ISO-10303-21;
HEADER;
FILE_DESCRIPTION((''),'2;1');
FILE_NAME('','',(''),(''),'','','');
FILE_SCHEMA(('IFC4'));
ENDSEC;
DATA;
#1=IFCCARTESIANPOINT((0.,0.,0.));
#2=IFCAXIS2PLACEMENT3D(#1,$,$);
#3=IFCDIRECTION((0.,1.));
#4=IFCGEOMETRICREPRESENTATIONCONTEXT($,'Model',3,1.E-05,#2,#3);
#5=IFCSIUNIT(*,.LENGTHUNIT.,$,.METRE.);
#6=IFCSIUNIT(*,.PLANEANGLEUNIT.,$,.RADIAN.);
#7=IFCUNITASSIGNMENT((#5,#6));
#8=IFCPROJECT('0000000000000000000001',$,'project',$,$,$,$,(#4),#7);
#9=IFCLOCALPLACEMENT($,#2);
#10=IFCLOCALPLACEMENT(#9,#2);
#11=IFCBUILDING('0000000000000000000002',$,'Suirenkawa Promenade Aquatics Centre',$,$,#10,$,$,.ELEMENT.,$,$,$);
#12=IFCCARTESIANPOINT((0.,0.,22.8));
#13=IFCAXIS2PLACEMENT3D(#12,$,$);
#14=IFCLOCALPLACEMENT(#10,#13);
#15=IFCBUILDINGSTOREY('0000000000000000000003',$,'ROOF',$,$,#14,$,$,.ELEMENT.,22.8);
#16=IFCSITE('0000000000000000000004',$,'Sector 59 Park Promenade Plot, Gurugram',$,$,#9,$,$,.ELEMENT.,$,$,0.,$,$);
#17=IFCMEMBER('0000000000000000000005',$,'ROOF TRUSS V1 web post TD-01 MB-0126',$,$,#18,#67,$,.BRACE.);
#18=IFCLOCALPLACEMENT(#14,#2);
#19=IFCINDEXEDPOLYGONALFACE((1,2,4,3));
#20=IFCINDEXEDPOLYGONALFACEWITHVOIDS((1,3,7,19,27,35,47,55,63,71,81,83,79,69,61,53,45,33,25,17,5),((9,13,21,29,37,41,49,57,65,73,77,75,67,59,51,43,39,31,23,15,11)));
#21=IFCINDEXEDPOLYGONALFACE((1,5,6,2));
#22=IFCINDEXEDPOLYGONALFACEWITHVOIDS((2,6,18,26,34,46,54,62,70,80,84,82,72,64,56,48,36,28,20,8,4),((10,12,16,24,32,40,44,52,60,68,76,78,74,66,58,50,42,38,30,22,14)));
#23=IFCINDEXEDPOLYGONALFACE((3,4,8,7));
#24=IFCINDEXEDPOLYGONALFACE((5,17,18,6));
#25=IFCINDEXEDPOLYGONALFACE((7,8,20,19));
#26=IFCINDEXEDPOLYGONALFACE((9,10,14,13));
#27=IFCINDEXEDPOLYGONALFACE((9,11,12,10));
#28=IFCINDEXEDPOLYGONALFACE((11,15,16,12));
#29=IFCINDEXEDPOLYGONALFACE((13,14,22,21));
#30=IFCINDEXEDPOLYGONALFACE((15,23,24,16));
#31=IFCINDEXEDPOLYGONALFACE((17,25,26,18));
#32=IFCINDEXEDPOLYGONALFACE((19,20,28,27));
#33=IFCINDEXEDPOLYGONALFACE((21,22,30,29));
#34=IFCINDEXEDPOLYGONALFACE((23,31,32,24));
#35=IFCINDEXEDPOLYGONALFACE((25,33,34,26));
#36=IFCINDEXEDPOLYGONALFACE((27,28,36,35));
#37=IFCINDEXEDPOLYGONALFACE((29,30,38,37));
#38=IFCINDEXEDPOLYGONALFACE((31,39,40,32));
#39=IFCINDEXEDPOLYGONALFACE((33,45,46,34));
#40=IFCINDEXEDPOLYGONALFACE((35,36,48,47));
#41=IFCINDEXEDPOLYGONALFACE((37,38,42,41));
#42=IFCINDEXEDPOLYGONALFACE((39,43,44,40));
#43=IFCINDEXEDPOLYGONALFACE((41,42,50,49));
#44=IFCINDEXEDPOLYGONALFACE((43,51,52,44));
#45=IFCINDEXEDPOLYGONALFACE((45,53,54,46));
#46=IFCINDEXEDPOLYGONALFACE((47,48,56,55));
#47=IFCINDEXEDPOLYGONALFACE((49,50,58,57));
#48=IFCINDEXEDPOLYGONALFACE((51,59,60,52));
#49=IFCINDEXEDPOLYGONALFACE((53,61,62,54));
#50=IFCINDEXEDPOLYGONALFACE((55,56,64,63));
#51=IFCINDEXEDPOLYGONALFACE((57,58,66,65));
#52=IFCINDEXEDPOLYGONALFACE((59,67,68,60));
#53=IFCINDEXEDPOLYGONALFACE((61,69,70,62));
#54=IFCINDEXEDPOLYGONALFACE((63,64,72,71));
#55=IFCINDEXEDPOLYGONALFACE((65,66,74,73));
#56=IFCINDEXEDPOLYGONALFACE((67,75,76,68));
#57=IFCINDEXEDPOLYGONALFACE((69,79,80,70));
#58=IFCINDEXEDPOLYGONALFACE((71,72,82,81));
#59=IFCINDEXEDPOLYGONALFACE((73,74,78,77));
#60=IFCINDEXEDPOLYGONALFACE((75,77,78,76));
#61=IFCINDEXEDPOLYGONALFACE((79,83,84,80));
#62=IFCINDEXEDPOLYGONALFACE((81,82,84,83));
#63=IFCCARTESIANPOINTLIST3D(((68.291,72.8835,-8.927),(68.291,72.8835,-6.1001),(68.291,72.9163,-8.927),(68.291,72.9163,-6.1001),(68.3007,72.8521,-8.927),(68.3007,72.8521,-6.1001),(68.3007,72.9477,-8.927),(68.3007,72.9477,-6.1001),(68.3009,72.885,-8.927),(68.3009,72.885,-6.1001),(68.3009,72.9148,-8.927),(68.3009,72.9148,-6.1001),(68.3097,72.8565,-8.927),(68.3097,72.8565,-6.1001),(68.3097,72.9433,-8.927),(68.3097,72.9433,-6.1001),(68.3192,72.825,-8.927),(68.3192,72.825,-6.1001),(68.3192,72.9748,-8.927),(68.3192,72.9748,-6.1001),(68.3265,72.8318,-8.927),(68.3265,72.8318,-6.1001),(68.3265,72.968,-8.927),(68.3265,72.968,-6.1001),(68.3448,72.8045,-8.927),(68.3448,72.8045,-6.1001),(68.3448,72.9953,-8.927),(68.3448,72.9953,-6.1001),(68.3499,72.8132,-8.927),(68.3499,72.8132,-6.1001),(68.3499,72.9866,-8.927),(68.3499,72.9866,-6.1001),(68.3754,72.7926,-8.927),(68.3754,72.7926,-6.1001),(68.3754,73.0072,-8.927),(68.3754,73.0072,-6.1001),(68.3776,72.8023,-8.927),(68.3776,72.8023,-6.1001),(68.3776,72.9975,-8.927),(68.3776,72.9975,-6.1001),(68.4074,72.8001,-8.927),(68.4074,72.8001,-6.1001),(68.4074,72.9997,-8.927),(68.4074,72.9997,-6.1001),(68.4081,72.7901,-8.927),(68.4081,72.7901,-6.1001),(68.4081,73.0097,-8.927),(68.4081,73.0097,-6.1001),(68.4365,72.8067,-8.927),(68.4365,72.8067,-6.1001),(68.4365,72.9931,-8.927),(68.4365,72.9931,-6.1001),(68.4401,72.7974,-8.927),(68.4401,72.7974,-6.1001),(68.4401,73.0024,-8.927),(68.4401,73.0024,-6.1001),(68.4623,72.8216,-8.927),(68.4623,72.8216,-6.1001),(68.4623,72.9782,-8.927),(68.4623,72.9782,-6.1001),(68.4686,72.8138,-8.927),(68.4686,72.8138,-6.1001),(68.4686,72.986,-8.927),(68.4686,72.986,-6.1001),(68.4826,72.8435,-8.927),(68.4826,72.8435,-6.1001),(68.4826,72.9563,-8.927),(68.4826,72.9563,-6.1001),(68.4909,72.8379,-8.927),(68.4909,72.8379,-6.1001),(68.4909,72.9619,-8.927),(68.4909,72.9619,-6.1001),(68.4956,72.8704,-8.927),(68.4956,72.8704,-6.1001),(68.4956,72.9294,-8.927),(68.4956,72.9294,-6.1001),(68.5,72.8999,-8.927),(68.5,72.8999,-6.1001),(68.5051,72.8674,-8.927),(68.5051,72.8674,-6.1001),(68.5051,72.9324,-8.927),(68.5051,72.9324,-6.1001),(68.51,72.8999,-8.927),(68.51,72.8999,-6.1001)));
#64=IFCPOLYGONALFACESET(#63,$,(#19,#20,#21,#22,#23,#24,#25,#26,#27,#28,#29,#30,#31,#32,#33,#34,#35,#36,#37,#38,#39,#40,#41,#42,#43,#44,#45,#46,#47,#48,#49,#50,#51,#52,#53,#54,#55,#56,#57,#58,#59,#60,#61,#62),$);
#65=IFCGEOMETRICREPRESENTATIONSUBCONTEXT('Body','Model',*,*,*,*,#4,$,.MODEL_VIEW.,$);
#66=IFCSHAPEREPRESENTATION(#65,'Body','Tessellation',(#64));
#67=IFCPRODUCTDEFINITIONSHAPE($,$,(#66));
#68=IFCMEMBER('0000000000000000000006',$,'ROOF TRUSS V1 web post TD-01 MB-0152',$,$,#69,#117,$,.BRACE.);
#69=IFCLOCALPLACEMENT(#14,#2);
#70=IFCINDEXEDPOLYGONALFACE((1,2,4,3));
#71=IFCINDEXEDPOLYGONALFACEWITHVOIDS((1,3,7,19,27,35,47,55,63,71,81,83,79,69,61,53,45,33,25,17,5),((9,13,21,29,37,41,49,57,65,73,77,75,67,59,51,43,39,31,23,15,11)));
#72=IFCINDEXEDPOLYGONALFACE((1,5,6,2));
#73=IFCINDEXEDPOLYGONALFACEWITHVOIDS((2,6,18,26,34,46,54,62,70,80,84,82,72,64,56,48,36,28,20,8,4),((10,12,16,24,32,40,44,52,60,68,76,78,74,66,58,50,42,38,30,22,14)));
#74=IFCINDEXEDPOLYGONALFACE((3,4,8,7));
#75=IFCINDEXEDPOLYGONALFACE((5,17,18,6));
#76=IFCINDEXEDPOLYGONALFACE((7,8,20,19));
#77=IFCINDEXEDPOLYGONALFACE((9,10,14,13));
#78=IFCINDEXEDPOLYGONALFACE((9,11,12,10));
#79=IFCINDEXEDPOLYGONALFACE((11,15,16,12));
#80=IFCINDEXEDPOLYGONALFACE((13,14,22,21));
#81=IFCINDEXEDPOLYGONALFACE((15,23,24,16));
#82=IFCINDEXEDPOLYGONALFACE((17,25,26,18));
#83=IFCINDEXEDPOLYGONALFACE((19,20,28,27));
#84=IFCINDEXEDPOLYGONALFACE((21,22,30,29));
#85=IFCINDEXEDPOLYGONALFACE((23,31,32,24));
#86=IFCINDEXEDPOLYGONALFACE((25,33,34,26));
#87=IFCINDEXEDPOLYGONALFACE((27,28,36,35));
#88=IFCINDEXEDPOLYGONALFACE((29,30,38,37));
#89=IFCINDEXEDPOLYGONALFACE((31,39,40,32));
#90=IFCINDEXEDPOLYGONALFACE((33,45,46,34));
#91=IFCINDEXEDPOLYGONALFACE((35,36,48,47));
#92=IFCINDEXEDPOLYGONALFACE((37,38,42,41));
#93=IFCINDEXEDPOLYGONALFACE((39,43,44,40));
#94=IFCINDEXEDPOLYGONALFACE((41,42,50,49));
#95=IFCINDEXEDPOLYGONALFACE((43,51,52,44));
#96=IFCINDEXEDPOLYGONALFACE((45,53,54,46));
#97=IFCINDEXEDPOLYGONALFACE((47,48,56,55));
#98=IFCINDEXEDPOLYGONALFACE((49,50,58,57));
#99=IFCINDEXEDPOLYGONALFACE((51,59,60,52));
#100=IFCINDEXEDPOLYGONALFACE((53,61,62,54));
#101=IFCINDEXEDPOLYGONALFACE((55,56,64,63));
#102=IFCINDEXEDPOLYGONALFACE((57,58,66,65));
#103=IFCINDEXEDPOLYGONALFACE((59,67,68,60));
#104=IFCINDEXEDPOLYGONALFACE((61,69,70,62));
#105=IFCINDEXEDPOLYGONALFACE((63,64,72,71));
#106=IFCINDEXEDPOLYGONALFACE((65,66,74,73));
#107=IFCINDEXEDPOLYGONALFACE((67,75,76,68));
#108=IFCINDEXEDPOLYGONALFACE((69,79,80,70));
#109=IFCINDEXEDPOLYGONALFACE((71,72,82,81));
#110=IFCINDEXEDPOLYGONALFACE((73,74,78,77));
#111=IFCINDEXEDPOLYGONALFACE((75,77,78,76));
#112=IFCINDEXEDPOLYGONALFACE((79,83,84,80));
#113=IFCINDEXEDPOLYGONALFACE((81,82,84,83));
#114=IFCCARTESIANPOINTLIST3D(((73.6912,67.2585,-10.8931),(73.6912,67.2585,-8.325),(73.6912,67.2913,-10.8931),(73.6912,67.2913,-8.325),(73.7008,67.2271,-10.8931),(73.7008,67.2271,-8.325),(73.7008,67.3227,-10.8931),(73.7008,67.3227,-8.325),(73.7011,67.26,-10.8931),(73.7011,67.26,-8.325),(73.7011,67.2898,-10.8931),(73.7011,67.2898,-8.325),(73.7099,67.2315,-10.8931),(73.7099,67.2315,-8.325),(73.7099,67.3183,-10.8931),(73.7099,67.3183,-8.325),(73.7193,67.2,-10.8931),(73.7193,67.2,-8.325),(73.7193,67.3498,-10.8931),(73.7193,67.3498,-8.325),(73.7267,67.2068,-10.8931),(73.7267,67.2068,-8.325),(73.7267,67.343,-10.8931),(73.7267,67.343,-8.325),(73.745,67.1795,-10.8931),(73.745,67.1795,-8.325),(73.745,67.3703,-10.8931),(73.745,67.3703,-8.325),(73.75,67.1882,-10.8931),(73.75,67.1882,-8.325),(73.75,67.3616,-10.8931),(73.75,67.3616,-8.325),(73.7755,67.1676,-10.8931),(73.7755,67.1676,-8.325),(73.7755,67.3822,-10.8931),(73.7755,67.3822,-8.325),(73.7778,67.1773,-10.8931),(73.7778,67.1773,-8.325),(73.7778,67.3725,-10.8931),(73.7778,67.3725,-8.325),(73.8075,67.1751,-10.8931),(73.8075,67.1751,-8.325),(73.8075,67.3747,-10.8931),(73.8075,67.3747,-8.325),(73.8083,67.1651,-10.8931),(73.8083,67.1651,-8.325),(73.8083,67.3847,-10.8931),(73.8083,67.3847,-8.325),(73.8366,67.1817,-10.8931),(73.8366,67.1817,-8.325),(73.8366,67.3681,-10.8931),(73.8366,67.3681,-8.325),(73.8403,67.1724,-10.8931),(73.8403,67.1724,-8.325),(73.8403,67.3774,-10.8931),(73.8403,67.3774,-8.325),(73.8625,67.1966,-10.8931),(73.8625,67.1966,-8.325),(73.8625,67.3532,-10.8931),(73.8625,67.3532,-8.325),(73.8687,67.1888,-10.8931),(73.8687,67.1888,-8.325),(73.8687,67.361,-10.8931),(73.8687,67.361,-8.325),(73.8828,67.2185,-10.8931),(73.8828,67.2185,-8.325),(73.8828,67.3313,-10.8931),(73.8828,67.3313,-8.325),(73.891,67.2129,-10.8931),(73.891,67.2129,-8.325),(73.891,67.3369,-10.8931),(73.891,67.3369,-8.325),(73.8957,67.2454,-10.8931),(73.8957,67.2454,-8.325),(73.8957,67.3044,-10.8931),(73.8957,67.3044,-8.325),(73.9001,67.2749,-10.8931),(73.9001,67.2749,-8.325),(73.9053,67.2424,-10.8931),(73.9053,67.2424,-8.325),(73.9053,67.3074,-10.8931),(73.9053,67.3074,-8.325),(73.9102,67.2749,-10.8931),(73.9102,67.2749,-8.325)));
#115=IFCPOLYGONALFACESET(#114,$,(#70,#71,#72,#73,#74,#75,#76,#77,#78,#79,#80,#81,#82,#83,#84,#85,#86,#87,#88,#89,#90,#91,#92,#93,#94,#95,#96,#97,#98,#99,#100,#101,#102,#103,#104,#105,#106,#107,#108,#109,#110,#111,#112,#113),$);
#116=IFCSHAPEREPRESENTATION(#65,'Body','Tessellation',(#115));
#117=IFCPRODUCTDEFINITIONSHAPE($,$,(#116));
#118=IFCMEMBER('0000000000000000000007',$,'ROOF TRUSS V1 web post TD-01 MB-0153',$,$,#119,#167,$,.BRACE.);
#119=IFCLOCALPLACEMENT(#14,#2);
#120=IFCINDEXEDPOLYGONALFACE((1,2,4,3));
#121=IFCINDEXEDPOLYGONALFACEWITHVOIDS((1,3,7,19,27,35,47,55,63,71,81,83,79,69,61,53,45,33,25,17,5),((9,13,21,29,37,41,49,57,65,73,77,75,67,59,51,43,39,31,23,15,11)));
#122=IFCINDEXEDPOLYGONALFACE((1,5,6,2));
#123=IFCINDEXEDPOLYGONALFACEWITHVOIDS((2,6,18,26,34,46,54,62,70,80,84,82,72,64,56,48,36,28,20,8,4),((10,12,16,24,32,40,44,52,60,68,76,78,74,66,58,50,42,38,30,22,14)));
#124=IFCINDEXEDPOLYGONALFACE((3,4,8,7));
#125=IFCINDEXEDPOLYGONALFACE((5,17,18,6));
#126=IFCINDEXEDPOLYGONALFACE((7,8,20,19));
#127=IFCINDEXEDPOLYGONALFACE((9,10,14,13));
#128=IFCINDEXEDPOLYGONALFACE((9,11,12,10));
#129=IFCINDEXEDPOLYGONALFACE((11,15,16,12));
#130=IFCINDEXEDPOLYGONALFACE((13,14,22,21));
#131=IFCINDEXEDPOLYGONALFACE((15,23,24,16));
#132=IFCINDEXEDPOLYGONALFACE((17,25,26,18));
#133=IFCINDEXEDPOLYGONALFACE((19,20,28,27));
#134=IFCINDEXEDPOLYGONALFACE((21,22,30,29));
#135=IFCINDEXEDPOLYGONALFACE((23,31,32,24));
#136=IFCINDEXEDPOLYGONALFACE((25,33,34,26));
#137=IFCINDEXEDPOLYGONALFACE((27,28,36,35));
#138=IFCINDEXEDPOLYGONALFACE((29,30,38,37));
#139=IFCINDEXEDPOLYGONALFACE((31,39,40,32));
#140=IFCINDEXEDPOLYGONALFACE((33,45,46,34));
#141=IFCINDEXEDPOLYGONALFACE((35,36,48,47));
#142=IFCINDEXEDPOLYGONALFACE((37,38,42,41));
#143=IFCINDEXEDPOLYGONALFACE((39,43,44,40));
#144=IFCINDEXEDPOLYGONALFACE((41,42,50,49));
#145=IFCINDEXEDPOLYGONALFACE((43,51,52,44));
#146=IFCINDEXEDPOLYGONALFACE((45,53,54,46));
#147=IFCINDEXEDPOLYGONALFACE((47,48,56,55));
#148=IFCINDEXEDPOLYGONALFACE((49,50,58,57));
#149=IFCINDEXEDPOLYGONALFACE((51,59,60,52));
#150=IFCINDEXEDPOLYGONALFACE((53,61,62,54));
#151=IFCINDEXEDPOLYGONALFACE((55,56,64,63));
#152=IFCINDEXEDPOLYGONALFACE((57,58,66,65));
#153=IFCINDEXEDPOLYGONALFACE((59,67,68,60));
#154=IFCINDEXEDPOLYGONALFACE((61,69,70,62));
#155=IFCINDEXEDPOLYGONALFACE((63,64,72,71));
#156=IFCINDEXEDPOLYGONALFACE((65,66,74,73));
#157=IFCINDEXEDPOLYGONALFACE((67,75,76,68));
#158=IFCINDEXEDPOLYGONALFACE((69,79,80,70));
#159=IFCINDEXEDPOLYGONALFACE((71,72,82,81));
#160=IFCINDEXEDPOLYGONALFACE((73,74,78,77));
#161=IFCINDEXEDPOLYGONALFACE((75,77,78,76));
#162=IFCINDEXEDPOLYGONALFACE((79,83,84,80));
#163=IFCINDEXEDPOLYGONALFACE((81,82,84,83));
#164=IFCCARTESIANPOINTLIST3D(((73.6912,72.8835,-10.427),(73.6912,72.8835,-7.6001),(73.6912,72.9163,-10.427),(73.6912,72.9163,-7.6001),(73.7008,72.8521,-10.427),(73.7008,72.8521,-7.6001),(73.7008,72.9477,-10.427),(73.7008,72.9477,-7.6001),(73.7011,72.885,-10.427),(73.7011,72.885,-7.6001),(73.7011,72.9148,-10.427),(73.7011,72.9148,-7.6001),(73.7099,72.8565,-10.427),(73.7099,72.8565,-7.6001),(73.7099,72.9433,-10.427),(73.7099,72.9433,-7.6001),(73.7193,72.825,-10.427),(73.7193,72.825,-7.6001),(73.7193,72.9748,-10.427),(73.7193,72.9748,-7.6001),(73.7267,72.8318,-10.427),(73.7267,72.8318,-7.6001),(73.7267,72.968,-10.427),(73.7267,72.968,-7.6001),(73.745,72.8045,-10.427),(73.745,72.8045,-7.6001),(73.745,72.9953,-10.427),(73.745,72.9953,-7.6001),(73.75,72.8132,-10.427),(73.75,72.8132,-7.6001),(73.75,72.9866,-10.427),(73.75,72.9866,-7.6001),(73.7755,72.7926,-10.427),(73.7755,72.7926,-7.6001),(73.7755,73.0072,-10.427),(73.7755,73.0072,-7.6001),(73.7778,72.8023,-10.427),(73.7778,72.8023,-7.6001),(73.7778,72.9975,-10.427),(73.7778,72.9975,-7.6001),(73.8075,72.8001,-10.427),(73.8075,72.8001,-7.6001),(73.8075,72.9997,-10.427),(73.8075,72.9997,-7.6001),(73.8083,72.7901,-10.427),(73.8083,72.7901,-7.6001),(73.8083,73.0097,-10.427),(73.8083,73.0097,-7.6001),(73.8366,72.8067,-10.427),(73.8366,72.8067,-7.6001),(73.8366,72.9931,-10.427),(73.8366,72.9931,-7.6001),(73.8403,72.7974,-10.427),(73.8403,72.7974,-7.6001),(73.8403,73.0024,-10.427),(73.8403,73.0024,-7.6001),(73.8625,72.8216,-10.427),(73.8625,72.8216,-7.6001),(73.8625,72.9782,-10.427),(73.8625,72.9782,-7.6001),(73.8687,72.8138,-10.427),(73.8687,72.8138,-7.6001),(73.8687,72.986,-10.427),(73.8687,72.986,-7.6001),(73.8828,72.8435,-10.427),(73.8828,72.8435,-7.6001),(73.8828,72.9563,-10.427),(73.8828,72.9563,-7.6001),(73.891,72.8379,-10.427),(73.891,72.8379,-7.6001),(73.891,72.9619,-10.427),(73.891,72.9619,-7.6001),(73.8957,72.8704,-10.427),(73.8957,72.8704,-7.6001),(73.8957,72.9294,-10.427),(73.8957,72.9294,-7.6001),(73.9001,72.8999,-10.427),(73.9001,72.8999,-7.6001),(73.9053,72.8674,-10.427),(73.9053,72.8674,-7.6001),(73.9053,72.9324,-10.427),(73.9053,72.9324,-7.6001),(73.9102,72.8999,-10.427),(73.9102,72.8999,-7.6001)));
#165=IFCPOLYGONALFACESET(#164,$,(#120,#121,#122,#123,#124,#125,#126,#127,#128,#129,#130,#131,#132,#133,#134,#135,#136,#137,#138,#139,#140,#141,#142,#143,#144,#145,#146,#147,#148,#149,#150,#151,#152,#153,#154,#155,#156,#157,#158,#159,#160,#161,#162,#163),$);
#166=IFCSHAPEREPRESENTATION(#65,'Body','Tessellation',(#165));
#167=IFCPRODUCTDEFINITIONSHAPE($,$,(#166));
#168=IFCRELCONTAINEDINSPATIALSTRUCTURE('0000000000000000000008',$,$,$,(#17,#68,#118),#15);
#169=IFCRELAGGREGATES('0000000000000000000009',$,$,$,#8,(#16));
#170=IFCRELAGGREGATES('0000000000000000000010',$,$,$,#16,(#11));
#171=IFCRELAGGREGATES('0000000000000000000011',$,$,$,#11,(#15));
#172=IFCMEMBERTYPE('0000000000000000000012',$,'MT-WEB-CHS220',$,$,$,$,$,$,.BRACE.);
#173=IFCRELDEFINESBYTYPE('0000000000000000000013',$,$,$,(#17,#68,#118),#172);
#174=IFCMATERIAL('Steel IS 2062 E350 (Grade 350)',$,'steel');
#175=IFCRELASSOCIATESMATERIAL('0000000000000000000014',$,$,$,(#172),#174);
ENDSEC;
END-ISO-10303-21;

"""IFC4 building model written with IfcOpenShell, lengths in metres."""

from ifc_helpers import new_model, si_unit, direction, frame, origin, origin_2d, place, context, subcontext, project, spatial, hollow_circle, extrude, material, material_profile, profile_set, type_object, element, save


model = new_model("IFC4")

# Units and contexts
model_context = context("Model", 3, precision=1e-05, world=origin(), true_north=direction((0.0, 1.0)))
body_context = subcontext(model_context, "Body", "Model", "MODEL_VIEW")
ifc_project = project(units=[si_unit("LENGTHUNIT", "METRE"), si_unit("PLANEANGLEUNIT", "RADIAN")], contexts=[model_context])

# Site, building, storey
site_placement = place(None, origin())
site = spatial("IfcSite", under=ifc_project, at=site_placement, Name="Sector 59 Park Promenade Plot, Gurugram", CompositionType="ELEMENT", RefElevation=0.0)
building_placement = place(site_placement, origin())
building = spatial("IfcBuilding", under=site, at=building_placement, Name="Suirenkawa Promenade Aquatics Centre", CompositionType="ELEMENT")
storey_placement = place(building_placement, frame((0.0, 0.0, 22.8)))
storey = spatial("IfcBuildingStorey", under=building, at=storey_placement, Name="ROOF", CompositionType="ELEMENT", Elevation=22.8)

# Shared definitions
ifc_material = material(Name="Steel IS 2062 E350 (Grade 350)", Category="steel")

# Members
ifc_material_profile_1 = material_profile(ifc_material, hollow_circle(Radius=0.1101, WallThickness=0.01, at=origin_2d()), Name="CHS 220x10", Category="steel")
ifc_profile_set_1 = profile_set([ifc_material_profile_1], Name="Steel IS 2062 E350 (Grade 350)")
member_type_1 = type_object("IfcMemberType", Name="MT-WEB-CHS220", PredefinedType="BRACE", material=ifc_profile_set_1)
member_1_placement = place(storey_placement, frame((68.3999, 72.8999, -8.927), z_axis=(0.0, 0.0, 1.0), x_axis=(1.0, 0.0, 0.0)))
element("IfcMember", 1, at=member_1_placement, inside=storey, type_object=member_type_1, Name="ROOF TRUSS V1 web post TD-01 MB-0126", PredefinedType="BRACE", context=body_context, shape_type="SweptSolid", body=[
    extrude(hollow_circle(Radius=0.1101, WallThickness=0.01, at=origin_2d()), origin(), (0.0, 0.0, 1.0), 2.8269),
])
member_2_placement = place(storey_placement, frame((73.8, 67.2749, -10.8931), z_axis=(0.0, 0.0, 1.0), x_axis=(1.0, 0.0, 0.0)))
element("IfcMember", 2, at=member_2_placement, inside=storey, type_object=member_type_1, Name="ROOF TRUSS V1 web post TD-01 MB-0152", PredefinedType="BRACE", context=body_context, shape_type="SweptSolid", body=[
    extrude(hollow_circle(Radius=0.1101, WallThickness=0.01, at=origin_2d()), origin(), (0.0, 0.0, 1.0), 2.5681),
])
member_3_placement = place(storey_placement, frame((73.8, 72.8999, -10.427), z_axis=(0.0, 0.0, 1.0), x_axis=(1.0, 0.0, 0.0)))
element("IfcMember", 3, at=member_3_placement, inside=storey, type_object=member_type_1, Name="ROOF TRUSS V1 web post TD-01 MB-0153", PredefinedType="BRACE", context=body_context, shape_type="SweptSolid", body=[
    extrude(hollow_circle(Radius=0.1101, WallThickness=0.01, at=origin_2d()), origin(), (0.0, 0.0, 1.0), 2.8269),
])

save(model, "model.ifc")
